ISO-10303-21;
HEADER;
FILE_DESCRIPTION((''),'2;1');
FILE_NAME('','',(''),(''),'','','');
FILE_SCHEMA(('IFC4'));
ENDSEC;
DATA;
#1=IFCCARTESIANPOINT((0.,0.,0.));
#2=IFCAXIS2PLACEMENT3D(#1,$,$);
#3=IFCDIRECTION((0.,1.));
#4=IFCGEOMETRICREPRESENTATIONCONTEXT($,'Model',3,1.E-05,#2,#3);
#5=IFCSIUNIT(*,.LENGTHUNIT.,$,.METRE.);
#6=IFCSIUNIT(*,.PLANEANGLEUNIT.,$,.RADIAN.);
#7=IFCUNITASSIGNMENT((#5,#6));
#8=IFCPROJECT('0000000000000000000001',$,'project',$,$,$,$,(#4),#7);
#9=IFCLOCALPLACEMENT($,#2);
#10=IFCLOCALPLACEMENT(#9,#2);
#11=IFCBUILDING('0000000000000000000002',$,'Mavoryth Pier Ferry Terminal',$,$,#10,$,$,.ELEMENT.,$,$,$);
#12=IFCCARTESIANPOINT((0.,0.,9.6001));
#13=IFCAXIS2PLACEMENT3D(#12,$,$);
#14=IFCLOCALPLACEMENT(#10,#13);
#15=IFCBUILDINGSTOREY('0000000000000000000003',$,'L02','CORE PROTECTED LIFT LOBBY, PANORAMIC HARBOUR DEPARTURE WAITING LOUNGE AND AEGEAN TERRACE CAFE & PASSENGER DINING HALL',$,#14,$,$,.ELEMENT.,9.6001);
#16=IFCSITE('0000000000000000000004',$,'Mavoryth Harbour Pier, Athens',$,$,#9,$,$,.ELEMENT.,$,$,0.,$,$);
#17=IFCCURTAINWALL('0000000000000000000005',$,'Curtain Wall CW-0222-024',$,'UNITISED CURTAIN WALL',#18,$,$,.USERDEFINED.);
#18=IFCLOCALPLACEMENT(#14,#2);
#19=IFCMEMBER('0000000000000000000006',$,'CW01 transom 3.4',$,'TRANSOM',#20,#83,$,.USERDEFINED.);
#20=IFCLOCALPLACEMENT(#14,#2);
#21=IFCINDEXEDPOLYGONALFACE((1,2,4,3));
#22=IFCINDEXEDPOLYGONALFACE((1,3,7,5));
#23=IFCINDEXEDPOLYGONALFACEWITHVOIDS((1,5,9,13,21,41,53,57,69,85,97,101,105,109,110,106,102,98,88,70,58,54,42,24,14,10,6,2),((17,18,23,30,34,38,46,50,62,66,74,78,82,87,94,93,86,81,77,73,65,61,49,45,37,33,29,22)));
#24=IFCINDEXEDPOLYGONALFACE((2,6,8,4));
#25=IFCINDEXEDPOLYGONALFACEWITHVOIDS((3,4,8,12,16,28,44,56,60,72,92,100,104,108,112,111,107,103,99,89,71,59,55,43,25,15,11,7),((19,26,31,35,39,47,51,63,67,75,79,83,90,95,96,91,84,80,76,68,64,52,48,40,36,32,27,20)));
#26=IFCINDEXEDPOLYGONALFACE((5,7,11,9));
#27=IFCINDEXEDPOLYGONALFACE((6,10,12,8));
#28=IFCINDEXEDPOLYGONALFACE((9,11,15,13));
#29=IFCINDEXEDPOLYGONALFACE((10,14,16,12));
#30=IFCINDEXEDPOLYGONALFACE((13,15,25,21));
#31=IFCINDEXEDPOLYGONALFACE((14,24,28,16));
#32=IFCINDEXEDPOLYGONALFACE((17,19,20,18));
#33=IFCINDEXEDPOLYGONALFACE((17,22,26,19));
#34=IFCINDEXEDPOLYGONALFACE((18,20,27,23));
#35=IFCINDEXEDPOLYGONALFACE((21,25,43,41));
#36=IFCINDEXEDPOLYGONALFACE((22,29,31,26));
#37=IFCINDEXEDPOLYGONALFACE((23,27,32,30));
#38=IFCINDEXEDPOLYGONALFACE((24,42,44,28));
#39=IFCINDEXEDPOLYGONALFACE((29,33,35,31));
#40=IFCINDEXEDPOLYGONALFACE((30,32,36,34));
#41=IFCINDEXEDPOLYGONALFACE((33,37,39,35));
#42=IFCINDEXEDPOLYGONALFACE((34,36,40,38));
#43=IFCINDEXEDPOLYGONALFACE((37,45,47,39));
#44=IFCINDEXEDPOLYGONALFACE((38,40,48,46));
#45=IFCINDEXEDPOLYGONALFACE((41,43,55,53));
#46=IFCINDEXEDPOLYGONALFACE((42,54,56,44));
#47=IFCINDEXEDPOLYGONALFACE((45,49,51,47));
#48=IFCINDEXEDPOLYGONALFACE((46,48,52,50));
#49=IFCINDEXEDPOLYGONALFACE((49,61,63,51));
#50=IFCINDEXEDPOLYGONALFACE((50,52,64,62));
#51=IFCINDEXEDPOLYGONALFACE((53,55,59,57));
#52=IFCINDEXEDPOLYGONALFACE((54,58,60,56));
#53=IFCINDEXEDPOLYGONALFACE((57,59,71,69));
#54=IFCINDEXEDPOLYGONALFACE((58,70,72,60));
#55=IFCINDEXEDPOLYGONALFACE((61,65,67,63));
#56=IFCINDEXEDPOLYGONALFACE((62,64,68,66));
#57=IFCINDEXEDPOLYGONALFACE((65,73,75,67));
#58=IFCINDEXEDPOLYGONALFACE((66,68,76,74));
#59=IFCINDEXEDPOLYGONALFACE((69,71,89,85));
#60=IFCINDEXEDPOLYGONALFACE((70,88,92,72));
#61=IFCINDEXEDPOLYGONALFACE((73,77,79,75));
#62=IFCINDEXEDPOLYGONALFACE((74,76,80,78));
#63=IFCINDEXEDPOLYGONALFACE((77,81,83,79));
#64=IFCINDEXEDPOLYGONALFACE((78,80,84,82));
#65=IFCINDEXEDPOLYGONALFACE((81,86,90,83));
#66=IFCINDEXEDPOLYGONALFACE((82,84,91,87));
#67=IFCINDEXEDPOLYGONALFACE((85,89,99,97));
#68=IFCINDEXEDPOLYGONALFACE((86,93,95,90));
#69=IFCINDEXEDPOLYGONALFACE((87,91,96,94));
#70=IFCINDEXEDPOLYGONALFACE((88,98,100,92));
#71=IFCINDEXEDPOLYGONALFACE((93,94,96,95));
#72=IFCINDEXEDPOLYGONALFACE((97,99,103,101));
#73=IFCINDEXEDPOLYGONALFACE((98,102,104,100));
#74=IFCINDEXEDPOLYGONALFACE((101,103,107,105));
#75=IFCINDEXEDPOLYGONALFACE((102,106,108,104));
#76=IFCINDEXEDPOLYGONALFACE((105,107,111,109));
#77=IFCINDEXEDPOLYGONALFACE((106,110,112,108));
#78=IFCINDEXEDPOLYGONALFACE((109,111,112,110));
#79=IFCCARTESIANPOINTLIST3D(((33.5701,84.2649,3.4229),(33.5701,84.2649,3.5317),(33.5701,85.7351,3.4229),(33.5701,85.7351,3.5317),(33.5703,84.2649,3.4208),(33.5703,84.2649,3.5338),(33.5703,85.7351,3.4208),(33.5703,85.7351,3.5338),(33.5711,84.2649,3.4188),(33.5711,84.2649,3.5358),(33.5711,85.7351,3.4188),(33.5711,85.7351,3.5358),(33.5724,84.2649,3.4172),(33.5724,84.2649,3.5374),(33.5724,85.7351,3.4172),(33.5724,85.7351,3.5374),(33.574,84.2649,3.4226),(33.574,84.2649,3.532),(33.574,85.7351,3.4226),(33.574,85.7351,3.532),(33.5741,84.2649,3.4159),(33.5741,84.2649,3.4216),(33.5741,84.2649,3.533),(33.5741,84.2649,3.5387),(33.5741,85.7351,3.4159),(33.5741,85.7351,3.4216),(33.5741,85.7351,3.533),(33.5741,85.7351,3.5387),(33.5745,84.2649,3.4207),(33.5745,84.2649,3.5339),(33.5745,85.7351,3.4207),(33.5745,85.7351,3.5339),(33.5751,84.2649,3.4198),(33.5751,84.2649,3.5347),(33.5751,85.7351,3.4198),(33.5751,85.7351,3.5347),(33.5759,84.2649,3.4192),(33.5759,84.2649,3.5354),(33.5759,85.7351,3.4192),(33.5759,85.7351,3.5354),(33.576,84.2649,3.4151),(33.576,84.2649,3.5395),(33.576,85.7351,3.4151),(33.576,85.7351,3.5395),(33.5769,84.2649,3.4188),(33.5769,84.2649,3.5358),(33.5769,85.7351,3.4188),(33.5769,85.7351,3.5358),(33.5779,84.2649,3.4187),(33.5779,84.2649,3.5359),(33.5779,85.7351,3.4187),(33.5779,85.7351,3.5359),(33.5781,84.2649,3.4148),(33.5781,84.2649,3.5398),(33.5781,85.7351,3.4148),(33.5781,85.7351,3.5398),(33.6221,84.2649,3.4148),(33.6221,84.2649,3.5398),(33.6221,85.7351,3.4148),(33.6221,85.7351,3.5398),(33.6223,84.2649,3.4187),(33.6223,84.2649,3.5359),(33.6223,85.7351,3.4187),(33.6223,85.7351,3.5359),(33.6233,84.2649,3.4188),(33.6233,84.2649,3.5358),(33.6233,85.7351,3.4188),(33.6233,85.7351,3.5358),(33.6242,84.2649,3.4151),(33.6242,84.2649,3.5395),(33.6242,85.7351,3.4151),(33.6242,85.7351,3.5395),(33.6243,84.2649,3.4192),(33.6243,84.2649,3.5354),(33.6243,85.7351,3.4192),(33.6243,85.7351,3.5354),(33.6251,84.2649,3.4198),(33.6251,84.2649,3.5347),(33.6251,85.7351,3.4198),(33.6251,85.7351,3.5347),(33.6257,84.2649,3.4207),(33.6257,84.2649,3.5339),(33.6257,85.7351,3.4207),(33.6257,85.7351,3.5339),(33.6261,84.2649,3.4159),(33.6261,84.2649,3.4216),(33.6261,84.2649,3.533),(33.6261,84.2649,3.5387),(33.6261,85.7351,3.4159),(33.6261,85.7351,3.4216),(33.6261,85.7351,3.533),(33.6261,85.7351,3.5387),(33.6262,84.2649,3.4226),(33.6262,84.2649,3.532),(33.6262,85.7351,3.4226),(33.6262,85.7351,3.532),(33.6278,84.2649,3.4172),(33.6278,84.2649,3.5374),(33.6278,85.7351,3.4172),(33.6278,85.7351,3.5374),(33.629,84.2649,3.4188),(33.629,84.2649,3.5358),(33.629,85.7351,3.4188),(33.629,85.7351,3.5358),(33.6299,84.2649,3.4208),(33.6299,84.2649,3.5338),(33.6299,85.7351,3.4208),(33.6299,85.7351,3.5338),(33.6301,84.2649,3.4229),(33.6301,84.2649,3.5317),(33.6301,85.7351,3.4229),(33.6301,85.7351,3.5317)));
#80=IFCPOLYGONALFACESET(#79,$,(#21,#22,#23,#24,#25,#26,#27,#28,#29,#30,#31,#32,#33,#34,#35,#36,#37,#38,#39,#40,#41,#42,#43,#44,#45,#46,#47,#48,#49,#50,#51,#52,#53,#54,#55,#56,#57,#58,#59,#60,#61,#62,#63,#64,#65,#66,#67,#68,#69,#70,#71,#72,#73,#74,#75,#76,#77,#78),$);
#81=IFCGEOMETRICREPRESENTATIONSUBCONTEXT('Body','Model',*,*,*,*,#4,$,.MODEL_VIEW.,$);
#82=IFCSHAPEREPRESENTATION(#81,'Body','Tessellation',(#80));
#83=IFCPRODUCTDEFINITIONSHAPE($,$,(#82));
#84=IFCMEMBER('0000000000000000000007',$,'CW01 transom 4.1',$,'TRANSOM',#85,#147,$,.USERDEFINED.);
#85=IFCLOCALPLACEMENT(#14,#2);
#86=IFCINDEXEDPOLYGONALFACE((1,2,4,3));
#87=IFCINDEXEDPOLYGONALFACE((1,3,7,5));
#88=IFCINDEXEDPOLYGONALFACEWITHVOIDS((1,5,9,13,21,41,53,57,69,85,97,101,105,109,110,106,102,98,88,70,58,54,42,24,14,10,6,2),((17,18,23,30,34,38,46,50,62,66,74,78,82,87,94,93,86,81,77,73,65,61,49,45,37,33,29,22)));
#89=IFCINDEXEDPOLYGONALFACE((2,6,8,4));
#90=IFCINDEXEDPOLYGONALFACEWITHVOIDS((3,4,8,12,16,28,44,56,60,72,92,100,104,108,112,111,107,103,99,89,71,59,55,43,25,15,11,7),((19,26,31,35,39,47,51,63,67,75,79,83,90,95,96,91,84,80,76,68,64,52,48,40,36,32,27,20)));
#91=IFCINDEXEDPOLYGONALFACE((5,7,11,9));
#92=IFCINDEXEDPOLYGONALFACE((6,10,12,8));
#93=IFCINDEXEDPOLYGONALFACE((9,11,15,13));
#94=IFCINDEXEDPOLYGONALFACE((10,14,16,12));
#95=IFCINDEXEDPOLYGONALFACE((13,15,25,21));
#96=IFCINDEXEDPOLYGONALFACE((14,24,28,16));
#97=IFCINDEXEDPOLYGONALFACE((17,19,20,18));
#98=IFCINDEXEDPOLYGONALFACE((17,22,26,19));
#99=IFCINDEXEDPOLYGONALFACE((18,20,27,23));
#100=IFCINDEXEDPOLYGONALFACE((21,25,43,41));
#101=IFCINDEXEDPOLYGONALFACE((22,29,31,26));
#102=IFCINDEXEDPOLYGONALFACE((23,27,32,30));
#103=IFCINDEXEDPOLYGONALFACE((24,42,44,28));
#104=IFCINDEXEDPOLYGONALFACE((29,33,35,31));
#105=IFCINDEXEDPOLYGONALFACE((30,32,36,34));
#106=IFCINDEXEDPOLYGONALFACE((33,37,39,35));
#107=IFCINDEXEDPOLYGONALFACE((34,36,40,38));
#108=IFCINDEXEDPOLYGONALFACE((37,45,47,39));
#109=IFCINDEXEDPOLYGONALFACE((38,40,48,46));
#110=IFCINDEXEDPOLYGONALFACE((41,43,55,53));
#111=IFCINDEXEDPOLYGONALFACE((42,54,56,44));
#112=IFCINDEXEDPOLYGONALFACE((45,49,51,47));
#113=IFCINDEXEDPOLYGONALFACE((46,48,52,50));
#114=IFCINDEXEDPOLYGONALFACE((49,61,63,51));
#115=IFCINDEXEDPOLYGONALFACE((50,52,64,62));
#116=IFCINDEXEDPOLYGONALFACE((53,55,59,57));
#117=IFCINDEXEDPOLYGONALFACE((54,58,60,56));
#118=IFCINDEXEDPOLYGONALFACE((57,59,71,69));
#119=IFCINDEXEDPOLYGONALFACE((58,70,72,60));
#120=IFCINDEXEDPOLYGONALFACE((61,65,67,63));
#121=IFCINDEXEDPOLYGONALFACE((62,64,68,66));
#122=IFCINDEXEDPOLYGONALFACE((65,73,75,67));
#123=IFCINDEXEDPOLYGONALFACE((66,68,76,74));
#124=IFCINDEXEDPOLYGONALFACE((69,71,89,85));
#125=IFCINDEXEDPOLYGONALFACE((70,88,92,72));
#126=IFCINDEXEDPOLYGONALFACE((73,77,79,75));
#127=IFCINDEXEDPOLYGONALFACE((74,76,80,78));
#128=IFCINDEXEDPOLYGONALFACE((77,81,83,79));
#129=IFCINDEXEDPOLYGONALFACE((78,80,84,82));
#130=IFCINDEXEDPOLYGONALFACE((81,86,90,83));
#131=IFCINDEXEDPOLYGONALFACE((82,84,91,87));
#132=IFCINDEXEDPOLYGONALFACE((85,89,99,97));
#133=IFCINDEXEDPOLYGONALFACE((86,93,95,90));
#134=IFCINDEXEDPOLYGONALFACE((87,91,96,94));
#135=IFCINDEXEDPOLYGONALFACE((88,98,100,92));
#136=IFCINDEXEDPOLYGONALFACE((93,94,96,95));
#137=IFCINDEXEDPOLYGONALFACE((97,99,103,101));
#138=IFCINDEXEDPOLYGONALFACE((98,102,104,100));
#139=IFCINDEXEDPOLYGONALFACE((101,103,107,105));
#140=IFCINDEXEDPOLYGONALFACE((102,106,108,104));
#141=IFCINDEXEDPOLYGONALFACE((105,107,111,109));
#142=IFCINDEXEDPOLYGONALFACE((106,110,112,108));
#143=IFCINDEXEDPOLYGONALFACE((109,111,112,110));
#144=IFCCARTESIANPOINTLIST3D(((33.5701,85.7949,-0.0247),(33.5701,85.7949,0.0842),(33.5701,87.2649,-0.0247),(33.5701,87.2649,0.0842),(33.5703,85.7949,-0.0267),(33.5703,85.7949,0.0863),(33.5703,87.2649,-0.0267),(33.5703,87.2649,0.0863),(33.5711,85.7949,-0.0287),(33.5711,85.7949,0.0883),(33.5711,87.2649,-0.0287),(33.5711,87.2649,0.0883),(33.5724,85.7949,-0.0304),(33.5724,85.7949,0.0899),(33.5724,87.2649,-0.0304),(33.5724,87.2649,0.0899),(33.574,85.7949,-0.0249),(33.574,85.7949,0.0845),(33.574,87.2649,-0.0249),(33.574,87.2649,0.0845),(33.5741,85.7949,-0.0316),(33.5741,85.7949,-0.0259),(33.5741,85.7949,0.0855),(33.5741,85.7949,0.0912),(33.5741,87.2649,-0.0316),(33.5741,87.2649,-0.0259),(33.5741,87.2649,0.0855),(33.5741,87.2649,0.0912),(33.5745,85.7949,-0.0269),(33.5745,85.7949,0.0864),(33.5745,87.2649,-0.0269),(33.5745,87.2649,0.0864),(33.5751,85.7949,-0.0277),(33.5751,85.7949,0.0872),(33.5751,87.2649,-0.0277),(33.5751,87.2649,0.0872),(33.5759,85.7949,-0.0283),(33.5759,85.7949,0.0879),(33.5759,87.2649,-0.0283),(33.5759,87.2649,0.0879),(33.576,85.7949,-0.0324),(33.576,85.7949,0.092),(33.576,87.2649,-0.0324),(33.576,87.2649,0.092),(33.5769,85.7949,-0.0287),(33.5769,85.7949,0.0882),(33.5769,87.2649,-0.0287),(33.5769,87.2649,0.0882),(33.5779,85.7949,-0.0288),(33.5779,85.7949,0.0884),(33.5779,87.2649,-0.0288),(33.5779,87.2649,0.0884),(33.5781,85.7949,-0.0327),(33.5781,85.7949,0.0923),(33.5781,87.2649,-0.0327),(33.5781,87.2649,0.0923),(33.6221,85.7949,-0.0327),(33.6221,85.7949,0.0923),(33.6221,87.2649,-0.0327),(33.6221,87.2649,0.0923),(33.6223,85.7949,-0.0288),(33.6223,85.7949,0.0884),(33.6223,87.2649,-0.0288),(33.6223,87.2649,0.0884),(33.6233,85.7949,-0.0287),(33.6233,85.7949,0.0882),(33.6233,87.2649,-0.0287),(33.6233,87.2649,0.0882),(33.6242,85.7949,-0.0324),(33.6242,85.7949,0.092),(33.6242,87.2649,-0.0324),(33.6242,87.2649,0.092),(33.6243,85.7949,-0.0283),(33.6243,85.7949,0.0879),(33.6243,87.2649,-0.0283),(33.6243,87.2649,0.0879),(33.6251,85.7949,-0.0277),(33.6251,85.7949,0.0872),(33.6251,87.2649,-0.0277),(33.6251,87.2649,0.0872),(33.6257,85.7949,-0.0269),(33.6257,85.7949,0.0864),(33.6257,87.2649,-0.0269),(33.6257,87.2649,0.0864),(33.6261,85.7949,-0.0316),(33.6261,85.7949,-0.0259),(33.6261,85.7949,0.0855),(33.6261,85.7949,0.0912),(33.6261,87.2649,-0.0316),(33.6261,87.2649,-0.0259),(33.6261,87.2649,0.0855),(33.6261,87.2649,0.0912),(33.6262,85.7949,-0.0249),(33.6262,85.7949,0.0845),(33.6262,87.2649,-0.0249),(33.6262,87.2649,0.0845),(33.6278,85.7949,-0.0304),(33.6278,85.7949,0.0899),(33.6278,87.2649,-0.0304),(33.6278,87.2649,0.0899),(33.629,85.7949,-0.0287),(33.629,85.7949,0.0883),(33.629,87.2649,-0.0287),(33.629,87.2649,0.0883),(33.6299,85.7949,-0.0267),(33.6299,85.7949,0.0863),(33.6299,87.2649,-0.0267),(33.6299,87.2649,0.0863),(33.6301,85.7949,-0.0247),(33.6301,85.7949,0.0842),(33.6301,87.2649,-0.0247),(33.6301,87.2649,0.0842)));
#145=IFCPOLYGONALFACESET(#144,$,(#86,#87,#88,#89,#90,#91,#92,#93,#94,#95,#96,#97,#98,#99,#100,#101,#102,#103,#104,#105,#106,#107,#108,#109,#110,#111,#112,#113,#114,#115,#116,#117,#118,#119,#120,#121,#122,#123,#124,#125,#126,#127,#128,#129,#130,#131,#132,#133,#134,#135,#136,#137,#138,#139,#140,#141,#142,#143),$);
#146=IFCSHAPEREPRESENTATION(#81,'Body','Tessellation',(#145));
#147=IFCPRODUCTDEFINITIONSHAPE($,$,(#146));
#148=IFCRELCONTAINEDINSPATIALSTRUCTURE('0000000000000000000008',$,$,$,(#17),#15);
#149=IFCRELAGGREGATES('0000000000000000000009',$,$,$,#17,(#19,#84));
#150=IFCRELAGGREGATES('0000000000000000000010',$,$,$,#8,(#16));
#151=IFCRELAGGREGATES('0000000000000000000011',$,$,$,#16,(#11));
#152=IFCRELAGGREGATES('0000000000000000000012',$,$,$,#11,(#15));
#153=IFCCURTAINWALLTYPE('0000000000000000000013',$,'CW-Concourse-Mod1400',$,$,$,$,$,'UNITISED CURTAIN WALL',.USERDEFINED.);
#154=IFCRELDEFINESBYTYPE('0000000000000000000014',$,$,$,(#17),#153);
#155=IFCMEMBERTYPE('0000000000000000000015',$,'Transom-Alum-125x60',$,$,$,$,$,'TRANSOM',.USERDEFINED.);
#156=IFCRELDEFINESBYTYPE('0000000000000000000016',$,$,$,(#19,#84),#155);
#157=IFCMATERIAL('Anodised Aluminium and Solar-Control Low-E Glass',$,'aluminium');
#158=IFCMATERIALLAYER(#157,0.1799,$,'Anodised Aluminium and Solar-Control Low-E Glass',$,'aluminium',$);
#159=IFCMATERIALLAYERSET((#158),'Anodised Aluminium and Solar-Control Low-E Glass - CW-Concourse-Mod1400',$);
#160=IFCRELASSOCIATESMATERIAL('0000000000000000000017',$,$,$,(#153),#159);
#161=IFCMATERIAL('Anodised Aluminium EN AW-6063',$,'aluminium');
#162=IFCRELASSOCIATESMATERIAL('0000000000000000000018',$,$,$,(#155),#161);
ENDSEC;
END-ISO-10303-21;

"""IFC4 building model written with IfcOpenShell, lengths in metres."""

from ifc_helpers import new_model, si_unit, direction, frame, origin, origin_2d, place, context, subcontext, project, spatial, hollow_rectangle, extrude, material, layer, layer_set, material_profile, profile_set, type_object, element, aggregate, save


model = new_model("IFC4")

# Units and contexts
model_context = context("Model", 3, precision=1e-05, world=origin(), true_north=direction((0.0, 1.0)))
body_context = subcontext(model_context, "Body", "Model", "MODEL_VIEW")
ifc_project = project(units=[si_unit("LENGTHUNIT", "METRE"), si_unit("PLANEANGLEUNIT", "RADIAN")], contexts=[model_context])

# Site, building, storey
site_placement = place(None, origin())
site = spatial("IfcSite", under=ifc_project, at=site_placement, Name="Mavoryth Harbour Pier, Athens", CompositionType="ELEMENT", RefElevation=0.0)
building_placement = place(site_placement, origin())
building = spatial("IfcBuilding", under=site, at=building_placement, Name="Mavoryth Pier Ferry Terminal", CompositionType="ELEMENT")
storey_placement = place(building_placement, frame((0.0, 0.0, 9.6001)))
storey = spatial("IfcBuildingStorey", under=building, at=storey_placement, Name="L02", Description="CORE PROTECTED LIFT LOBBY, PANORAMIC HARBOUR DEPARTURE WAITING LOUNGE AND AEGEAN TERRACE CAFE & PASSENGER DINING HALL", CompositionType="ELEMENT", Elevation=9.6001)

# Curtain wall
ifc_material_1 = material(Name="Anodised Aluminium and Solar-Control Low-E Glass", Category="aluminium")
ifc_layer_1 = layer(ifc_material_1, 0.1799, Name="Anodised Aluminium and Solar-Control Low-E Glass", Category="aluminium")
ifc_layer_set_1 = layer_set([ifc_layer_1], Name="Anodised Aluminium and Solar-Control Low-E Glass - CW-Concourse-Mod1400")
curtain_wall_type = type_object("IfcCurtainWallType", Name="CW-Concourse-Mod1400", ElementType="UNITISED CURTAIN WALL", PredefinedType="USERDEFINED", material=ifc_layer_set_1)
curtain_wall_1_placement = place(storey_placement, origin())
curtain_wall_1 = element("IfcCurtainWall", 1, at=curtain_wall_1_placement, inside=storey, type_object=curtain_wall_type, Name="Curtain Wall CW-0222-024", ObjectType="UNITISED CURTAIN WALL", PredefinedType="USERDEFINED")
ifc_material_2 = material(Name="Anodised Aluminium EN AW-6063", Category="aluminium")

# Members
ifc_material_profile_1 = material_profile(ifc_material_2, hollow_rectangle(XDim=0.0601, YDim=0.125, WallThickness=0.0039, InnerFilletRadius=0.0039, OuterFilletRadius=0.0081, at=origin_2d()), Name="AL-TRAN 125x60x4", Category="aluminium")
ifc_profile_set_1 = profile_set([ifc_material_profile_1], Name="Anodised Aluminium EN AW-6063 - AL-TRAN 125x60x4")
member_type_1 = type_object("IfcMemberType", Name="Transom-Alum-125x60", ElementType="TRANSOM", PredefinedType="USERDEFINED", material=ifc_profile_set_1)
member_1_placement = place(storey_placement, frame((33.6001, 84.2649, 3.4773), z_axis=(0.0, 1.0, 0.0), x_axis=(-1.0, 0.0, 0.0)))
member_1 = element("IfcMember", 2, at=member_1_placement, type_object=member_type_1, Name="CW01 transom 3.4", ObjectType="TRANSOM", PredefinedType="USERDEFINED", context=body_context, shape_type="SweptSolid", body=[
    extrude(hollow_rectangle(XDim=0.0601, YDim=0.125, WallThickness=0.0039, InnerFilletRadius=0.0039, OuterFilletRadius=0.0081, at=origin_2d()), origin(), (0.0, 0.0, 1.0), 1.4702),
])
member_2_placement = place(storey_placement, frame((33.6001, 85.7949, 0.0298), z_axis=(0.0, 1.0, 0.0), x_axis=(-1.0, 0.0, 0.0)))
member_2 = element("IfcMember", 3, at=member_2_placement, type_object=member_type_1, Name="CW01 transom 4.1", ObjectType="TRANSOM", PredefinedType="USERDEFINED", context=body_context, shape_type="SweptSolid", body=[
    extrude(hollow_rectangle(XDim=0.0601, YDim=0.125, WallThickness=0.0039, InnerFilletRadius=0.0039, OuterFilletRadius=0.0081, at=origin_2d()), origin(), (0.0, 0.0, 1.0), 1.47),
])

aggregate(curtain_wall_1, [member_1, member_2])

save(model, "model.ifc")
